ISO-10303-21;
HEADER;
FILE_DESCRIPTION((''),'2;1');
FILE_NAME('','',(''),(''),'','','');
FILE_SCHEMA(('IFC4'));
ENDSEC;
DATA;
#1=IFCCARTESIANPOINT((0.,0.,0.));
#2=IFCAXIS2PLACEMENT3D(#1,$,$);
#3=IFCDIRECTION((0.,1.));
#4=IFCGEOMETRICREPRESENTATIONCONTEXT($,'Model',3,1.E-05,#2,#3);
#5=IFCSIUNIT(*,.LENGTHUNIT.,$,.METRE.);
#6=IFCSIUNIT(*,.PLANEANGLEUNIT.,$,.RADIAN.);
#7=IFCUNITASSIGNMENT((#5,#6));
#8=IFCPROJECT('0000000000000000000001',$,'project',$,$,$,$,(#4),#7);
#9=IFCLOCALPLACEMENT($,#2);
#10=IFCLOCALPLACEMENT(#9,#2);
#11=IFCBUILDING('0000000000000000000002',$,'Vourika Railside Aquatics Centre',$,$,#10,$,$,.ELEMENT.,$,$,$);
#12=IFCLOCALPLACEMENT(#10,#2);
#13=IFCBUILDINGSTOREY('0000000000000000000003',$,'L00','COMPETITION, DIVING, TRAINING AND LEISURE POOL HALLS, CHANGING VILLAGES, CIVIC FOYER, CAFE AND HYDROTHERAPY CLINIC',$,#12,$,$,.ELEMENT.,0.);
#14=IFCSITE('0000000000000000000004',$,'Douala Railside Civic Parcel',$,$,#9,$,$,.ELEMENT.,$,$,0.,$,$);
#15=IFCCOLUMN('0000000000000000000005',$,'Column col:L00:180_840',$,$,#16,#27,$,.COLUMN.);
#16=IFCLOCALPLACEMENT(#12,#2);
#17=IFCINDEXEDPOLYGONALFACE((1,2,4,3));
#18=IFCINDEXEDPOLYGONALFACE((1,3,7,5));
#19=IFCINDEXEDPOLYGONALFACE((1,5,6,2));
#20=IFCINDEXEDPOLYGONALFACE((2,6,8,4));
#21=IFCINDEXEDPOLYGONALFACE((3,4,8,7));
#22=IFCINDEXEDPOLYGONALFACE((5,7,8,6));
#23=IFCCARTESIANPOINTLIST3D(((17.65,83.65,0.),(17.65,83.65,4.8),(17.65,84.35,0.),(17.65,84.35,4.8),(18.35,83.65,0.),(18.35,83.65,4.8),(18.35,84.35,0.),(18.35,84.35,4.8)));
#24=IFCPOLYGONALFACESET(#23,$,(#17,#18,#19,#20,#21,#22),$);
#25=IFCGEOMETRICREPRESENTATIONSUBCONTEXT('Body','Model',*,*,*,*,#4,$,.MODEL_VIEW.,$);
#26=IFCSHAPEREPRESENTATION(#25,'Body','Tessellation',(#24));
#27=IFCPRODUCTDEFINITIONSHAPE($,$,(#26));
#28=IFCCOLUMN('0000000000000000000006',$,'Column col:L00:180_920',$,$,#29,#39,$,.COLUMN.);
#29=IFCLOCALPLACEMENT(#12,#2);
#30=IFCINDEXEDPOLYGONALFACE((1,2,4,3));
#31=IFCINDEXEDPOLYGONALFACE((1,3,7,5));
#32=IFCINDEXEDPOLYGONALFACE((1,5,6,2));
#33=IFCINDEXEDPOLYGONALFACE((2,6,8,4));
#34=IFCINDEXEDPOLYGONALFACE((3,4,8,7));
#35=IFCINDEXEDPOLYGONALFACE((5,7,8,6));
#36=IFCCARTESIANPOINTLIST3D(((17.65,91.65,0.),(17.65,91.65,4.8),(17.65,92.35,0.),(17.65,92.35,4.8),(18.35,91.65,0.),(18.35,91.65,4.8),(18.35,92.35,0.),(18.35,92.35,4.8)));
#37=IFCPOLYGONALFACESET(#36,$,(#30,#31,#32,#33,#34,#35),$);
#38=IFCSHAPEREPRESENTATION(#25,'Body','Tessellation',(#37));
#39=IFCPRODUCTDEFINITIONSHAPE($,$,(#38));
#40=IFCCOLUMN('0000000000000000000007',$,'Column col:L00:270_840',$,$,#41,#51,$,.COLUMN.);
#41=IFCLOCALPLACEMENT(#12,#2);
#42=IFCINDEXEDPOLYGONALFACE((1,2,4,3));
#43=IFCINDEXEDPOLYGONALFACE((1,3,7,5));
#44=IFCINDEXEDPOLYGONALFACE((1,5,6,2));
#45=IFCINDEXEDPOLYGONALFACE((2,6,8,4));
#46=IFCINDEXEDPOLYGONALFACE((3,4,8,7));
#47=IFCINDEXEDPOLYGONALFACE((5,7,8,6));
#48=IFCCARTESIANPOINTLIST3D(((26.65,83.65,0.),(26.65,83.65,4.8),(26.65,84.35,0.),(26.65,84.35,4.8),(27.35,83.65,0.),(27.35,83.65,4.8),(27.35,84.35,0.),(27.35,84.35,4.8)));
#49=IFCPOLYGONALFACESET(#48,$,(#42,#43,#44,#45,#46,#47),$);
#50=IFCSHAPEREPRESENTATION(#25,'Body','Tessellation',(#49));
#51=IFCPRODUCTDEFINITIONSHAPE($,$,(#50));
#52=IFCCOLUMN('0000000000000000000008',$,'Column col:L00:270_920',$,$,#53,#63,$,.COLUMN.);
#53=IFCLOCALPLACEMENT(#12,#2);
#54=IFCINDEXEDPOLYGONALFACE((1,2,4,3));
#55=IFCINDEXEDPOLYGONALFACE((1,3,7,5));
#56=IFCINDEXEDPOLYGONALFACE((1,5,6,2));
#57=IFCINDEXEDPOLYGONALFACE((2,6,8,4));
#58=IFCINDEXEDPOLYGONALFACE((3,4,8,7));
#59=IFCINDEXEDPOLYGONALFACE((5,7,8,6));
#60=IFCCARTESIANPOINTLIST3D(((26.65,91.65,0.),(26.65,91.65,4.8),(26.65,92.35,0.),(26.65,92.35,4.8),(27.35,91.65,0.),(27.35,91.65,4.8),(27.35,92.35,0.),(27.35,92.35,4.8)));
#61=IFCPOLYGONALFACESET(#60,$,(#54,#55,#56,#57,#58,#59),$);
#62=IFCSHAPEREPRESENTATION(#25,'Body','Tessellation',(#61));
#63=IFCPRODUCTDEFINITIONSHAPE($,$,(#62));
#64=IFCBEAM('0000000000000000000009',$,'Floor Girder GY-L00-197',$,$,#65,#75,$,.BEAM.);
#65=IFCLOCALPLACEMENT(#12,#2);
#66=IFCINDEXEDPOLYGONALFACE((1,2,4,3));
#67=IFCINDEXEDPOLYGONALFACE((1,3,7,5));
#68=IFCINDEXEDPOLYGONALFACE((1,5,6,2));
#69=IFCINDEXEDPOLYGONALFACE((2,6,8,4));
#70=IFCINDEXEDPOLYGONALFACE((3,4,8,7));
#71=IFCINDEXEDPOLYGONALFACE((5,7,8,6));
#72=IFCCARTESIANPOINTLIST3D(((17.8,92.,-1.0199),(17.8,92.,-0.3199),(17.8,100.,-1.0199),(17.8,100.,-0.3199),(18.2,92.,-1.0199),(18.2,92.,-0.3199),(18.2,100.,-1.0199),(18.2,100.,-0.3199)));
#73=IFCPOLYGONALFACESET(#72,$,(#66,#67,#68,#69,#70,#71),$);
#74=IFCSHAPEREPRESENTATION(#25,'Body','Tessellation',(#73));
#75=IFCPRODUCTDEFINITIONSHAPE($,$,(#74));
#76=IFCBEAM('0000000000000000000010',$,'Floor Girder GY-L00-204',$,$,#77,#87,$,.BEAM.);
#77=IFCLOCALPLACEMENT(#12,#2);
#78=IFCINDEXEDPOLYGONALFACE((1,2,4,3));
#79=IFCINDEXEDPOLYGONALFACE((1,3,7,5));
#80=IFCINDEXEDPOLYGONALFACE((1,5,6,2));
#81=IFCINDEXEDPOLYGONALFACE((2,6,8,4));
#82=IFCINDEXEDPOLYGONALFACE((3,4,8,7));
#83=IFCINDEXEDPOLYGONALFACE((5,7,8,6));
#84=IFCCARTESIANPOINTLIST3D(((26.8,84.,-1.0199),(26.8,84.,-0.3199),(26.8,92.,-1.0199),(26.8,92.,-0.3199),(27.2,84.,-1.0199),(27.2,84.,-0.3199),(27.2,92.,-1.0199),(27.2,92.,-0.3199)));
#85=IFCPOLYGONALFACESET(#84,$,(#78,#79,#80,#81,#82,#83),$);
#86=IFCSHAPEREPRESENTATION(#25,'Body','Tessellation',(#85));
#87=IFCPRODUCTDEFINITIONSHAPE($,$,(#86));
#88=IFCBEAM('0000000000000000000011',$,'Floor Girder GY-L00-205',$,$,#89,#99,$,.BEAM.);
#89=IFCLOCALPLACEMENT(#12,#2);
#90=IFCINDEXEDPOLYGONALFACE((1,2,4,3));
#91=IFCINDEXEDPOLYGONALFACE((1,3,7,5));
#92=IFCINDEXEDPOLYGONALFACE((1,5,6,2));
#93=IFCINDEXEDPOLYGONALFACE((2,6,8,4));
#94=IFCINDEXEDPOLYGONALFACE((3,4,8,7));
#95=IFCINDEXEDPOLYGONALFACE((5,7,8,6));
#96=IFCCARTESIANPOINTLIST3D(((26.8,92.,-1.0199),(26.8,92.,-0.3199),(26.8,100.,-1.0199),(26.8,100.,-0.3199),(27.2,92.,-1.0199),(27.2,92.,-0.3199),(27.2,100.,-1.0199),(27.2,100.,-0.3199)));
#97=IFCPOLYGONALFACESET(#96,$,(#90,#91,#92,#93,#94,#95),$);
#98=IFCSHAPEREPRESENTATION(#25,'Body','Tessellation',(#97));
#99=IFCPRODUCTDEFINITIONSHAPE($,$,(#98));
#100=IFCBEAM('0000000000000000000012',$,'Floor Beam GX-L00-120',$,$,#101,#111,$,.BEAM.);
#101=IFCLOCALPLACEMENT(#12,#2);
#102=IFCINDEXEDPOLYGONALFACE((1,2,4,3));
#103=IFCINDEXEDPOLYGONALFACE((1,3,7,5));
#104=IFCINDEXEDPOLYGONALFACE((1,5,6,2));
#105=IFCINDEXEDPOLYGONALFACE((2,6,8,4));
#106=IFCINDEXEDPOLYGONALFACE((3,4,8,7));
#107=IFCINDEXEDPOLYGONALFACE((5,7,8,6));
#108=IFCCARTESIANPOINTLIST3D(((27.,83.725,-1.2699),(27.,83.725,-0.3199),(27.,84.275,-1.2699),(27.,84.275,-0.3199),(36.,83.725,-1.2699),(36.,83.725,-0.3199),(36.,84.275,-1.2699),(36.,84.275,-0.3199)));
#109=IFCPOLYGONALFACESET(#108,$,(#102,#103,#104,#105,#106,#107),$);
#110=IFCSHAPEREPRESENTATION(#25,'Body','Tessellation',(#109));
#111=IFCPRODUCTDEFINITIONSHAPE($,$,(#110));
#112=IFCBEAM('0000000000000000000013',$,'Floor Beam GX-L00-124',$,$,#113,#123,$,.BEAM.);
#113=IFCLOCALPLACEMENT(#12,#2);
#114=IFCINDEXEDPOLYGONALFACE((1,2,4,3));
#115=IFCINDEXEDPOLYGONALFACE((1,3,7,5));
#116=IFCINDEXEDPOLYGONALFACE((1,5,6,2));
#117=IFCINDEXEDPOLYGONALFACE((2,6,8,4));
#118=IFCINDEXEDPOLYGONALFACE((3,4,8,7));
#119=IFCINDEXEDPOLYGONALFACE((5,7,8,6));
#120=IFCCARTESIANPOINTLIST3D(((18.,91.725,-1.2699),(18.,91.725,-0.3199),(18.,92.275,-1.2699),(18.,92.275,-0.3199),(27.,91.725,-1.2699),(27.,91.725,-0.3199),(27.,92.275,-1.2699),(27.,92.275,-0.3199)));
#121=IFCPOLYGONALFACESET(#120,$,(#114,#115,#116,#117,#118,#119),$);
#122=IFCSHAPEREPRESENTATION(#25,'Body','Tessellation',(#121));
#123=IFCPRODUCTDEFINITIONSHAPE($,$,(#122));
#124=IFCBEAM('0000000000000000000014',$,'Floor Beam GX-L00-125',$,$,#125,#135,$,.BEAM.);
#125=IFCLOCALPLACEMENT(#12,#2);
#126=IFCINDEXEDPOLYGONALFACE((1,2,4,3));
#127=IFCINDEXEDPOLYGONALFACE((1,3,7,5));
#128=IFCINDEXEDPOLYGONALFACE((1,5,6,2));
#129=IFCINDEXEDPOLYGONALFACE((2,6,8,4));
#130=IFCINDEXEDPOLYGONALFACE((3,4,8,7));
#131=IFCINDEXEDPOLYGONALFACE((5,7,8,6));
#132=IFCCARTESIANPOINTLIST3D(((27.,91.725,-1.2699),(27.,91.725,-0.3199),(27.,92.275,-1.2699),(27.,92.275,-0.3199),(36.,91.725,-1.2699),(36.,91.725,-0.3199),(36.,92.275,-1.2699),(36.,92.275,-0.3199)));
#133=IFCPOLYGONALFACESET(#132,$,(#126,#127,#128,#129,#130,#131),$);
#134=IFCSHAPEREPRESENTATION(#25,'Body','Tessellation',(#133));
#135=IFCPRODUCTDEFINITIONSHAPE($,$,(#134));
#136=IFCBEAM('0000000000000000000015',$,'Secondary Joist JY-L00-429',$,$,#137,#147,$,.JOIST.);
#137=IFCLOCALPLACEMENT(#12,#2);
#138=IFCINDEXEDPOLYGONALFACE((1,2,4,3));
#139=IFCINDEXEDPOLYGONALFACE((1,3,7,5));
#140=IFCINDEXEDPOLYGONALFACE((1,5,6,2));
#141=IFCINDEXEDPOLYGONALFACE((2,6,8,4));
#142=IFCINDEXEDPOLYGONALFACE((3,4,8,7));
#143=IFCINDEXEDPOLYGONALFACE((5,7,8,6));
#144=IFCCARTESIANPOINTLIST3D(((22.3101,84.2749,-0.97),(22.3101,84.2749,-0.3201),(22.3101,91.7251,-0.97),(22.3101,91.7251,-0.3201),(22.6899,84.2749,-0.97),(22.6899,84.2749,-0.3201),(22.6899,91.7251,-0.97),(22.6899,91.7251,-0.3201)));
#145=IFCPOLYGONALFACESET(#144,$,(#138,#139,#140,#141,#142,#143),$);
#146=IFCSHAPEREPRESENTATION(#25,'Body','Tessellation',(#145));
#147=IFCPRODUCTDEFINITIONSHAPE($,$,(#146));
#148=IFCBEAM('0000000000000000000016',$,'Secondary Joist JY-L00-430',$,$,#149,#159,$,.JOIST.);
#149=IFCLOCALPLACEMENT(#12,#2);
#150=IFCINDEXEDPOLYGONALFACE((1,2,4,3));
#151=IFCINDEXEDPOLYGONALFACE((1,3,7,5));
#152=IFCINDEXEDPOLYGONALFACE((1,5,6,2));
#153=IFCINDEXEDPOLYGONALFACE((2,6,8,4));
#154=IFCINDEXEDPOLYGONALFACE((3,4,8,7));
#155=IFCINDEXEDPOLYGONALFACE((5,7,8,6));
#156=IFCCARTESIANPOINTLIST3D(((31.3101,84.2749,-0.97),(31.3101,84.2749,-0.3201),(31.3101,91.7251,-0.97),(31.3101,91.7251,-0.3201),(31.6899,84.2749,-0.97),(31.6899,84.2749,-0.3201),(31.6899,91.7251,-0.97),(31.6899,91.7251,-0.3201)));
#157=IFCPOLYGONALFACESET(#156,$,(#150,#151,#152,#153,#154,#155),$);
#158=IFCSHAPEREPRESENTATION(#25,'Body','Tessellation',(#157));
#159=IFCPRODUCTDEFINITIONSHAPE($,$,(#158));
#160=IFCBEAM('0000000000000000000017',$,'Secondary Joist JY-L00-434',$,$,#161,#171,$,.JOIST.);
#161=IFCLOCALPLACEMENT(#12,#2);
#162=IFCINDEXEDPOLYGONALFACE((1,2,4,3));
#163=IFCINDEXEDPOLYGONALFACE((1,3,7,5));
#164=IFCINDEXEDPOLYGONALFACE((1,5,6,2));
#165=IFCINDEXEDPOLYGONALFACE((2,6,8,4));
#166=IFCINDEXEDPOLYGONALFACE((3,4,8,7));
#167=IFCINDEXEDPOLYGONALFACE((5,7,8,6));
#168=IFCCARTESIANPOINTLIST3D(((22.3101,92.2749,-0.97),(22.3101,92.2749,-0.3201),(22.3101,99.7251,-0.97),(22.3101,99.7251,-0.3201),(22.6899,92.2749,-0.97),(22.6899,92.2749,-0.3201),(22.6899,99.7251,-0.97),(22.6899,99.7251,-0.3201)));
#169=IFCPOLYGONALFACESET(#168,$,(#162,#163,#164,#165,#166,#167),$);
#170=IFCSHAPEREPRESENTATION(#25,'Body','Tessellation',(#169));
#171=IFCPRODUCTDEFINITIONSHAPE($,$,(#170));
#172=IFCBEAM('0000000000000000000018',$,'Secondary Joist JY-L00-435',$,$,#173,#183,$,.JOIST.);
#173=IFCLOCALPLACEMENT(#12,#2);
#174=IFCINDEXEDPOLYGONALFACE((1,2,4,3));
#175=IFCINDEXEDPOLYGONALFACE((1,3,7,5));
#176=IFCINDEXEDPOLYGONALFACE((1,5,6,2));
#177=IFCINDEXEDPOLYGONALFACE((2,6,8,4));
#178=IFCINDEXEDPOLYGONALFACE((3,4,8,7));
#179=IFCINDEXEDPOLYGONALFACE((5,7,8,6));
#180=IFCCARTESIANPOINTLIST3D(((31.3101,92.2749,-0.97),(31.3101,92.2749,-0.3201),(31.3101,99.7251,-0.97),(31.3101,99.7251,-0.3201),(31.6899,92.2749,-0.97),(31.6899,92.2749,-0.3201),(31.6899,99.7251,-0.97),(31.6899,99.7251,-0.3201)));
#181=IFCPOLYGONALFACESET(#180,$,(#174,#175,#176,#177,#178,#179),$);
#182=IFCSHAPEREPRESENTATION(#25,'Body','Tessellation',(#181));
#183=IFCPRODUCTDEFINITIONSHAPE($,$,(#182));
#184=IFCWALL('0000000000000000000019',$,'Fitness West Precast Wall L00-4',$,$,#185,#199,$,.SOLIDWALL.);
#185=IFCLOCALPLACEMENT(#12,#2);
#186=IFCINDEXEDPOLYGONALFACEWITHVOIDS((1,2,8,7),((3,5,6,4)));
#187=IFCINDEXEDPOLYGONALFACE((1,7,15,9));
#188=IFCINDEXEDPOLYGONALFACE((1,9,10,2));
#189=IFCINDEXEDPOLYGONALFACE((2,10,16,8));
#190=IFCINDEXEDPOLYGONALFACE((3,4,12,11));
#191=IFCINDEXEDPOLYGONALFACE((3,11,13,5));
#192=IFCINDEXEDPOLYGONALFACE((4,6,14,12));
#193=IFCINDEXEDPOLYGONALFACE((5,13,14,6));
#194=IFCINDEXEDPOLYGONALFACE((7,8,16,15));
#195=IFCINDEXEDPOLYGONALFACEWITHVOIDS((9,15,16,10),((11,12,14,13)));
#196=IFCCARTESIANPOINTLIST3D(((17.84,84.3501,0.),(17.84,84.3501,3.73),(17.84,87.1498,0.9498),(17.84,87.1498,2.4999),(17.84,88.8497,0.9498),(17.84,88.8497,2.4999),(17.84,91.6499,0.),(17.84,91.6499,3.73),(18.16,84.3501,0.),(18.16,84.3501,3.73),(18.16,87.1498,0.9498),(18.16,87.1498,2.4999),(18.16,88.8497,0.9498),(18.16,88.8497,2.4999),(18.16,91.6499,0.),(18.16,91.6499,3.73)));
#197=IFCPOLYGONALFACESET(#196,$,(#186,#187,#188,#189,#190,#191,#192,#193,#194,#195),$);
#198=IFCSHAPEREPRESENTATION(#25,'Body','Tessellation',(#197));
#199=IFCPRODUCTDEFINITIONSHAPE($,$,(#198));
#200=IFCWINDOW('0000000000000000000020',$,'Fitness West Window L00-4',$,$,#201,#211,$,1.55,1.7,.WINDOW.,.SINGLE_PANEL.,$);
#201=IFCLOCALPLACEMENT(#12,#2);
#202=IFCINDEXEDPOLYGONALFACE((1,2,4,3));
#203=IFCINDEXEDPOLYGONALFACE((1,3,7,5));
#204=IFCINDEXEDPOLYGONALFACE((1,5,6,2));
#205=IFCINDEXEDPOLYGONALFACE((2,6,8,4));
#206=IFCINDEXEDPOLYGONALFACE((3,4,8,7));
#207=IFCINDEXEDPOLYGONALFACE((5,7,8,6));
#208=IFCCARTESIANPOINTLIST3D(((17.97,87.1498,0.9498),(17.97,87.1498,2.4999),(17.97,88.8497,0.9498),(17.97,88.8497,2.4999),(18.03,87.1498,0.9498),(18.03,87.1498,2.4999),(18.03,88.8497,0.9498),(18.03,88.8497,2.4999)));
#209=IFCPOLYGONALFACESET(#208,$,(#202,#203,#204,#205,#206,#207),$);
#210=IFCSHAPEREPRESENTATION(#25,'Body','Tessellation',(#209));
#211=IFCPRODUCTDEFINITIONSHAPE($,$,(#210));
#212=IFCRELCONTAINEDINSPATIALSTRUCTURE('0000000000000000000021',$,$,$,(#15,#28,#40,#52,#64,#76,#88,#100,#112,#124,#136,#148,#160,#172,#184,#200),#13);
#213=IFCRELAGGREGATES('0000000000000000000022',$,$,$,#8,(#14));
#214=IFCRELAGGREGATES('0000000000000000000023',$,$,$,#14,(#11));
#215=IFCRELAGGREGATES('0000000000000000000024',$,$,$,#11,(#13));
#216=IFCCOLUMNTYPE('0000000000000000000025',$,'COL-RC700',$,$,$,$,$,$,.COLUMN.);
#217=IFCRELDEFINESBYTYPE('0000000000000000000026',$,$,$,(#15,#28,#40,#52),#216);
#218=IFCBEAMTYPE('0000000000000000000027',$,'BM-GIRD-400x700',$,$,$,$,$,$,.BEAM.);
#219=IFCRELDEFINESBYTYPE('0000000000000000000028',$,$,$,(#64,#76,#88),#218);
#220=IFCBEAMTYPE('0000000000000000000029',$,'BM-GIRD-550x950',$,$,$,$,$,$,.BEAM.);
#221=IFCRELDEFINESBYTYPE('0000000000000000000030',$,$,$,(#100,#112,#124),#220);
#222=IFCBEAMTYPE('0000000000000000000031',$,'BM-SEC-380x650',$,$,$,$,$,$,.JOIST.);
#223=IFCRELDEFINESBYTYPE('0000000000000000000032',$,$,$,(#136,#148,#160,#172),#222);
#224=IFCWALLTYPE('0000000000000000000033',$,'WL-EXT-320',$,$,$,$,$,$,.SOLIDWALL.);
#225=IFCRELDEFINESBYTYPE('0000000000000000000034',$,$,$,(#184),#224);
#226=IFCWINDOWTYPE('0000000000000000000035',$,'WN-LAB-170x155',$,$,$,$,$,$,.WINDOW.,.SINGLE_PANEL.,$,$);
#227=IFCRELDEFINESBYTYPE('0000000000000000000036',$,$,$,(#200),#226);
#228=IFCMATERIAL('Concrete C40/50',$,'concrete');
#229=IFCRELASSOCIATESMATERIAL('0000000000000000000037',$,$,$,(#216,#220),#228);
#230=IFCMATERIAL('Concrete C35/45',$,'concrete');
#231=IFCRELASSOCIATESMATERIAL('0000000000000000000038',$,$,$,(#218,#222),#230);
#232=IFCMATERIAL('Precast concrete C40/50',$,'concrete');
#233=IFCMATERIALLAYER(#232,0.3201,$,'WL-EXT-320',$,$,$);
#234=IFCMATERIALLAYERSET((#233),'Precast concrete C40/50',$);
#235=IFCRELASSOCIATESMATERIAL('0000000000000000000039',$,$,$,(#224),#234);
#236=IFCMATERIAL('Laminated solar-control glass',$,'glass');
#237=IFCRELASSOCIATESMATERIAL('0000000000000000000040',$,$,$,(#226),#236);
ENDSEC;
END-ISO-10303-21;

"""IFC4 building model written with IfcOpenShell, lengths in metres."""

from ifc_helpers import new_model, si_unit, direction, frame, frame_2d, origin, origin_2d, place, context, subcontext, project, spatial, rectangle, extrude, material, layer, layer_set, material_profile, profile_set, type_object, element, fill, save


model = new_model("IFC4")

# Units and contexts
model_context = context("Model", 3, precision=1e-05, world=origin(), true_north=direction((0.0, 1.0)))
body_context = subcontext(model_context, "Body", "Model", "MODEL_VIEW")
ifc_project = project(units=[si_unit("LENGTHUNIT", "METRE"), si_unit("PLANEANGLEUNIT", "RADIAN")], contexts=[model_context])

# Site, building, storey
site_placement = place(None, origin())
site = spatial("IfcSite", under=ifc_project, at=site_placement, Name="Douala Railside Civic Parcel", CompositionType="ELEMENT", RefElevation=0.0)
building_placement = place(site_placement, origin())
building = spatial("IfcBuilding", under=site, at=building_placement, Name="Vourika Railside Aquatics Centre", CompositionType="ELEMENT")
storey_placement = place(building_placement, origin())
storey = spatial("IfcBuildingStorey", under=building, at=storey_placement, Name="L00", Description="COMPETITION, DIVING, TRAINING AND LEISURE POOL HALLS, CHANGING VILLAGES, CIVIC FOYER, CAFE AND HYDROTHERAPY CLINIC", CompositionType="ELEMENT", Elevation=0.0)

# Columns
ifc_material_1 = material(Name="Concrete C40/50", Category="concrete")
ifc_material_profile_1 = material_profile(ifc_material_1, rectangle(XDim=0.7, YDim=0.7, at=origin_2d()), Name="RC 700x700")
ifc_profile_set_1 = profile_set([ifc_material_profile_1], Name="Concrete C40/50")
column_type = type_object("IfcColumnType", Name="COL-RC700", PredefinedType="COLUMN", material=ifc_profile_set_1)
for number, where, z_axis, x_axis, name in (
    (1, (18.0, 84.0, 0.0), (0.0, 0.0, 1.0), (1.0, 0.0, 0.0), "Column col:L00:180_840"),
    (2, (18.0, 92.0, 0.0), (0.0, 0.0, 1.0), (1.0, 0.0, 0.0), "Column col:L00:180_920"),
    (3, (27.0, 84.0, 0.0), (0.0, 0.0, 1.0), (1.0, 0.0, 0.0), "Column col:L00:270_840"),
    (4, (27.0, 92.0, 0.0), (0.0, 0.0, 1.0), (1.0, 0.0, 0.0), "Column col:L00:270_920"),
):
    element("IfcColumn", number, at=place(storey_placement, frame(where, z_axis=z_axis, x_axis=x_axis)), inside=storey, type_object=column_type, Name=name, PredefinedType="COLUMN", context=body_context, shape_type="SweptSolid", body=[
        extrude(rectangle(XDim=0.7, YDim=0.7, at=origin_2d()), origin(), (0.0, 0.0, 1.0), 4.8),
    ])

# Beams
ifc_material_2 = material(Name="Concrete C35/45", Category="concrete")
ifc_material_profile_2 = material_profile(ifc_material_2, rectangle(XDim=0.3999, YDim=0.7, at=origin_2d()), Name="RC 400x700")
ifc_profile_set_2 = profile_set([ifc_material_profile_2], Name="Concrete C35/45")
beam_type_1 = type_object("IfcBeamType", Name="BM-GIRD-400x700", PredefinedType="BEAM", material=ifc_profile_set_2)
for number, where, z_axis, x_axis, name in (
    (5, (18.0, 92.0, -0.6699), (0.0, 1.0, 0.0), (-1.0, 0.0, 0.0), "Floor Girder GY-L00-197"),
    (6, (27.0, 84.0, -0.6699), (0.0, 1.0, 0.0), (-1.0, 0.0, 0.0), "Floor Girder GY-L00-204"),
    (7, (27.0, 92.0, -0.6699), (0.0, 1.0, 0.0), (-1.0, 0.0, 0.0), "Floor Girder GY-L00-205"),
):
    element("IfcBeam", number, at=place(storey_placement, frame(where, z_axis=z_axis, x_axis=x_axis)), inside=storey, type_object=beam_type_1, Name=name, PredefinedType="BEAM", context=body_context, shape_type="SweptSolid", body=[
        extrude(rectangle(XDim=0.3999, YDim=0.7, at=origin_2d()), origin(), (0.0, 0.0, 1.0), 8.0),
    ])
ifc_material_profile_3 = material_profile(ifc_material_1, rectangle(XDim=0.55, YDim=0.95, at=origin_2d()), Name="RC 550x950")
ifc_profile_set_3 = profile_set([ifc_material_profile_3], Name="Concrete C40/50")
beam_type_2 = type_object("IfcBeamType", Name="BM-GIRD-550x950", PredefinedType="BEAM", material=ifc_profile_set_3)
for number, where, z_axis, x_axis, name in (
    (8, (27.0, 84.0, -0.7949), (1.0, 0.0, 0.0), (0.0, 1.0, 0.0), "Floor Beam GX-L00-120"),
    (9, (18.0, 92.0, -0.7949), (1.0, 0.0, 0.0), (0.0, 1.0, 0.0), "Floor Beam GX-L00-124"),
    (10, (27.0, 92.0, -0.7949), (1.0, 0.0, 0.0), (0.0, 1.0, 0.0), "Floor Beam GX-L00-125"),
):
    element("IfcBeam", number, at=place(storey_placement, frame(where, z_axis=z_axis, x_axis=x_axis)), inside=storey, type_object=beam_type_2, Name=name, PredefinedType="BEAM", context=body_context, shape_type="SweptSolid", body=[
        extrude(rectangle(XDim=0.55, YDim=0.95, at=origin_2d()), origin(), (0.0, 0.0, 1.0), 9.0),
    ])
ifc_material_profile_4 = material_profile(ifc_material_2, rectangle(XDim=0.3799, YDim=0.6499, at=origin_2d()), Name="RC 380x650")
ifc_profile_set_4 = profile_set([ifc_material_profile_4], Name="Concrete C35/45")
beam_type_3 = type_object("IfcBeamType", Name="BM-SEC-380x650", PredefinedType="JOIST", material=ifc_profile_set_4)
for number, where, z_axis, x_axis, name in (
    (11, (22.5, 84.2749, -0.645), (0.0, 1.0, 0.0), (-1.0, 0.0, 0.0), "Secondary Joist JY-L00-429"),
    (12, (31.5, 84.2749, -0.645), (0.0, 1.0, 0.0), (-1.0, 0.0, 0.0), "Secondary Joist JY-L00-430"),
    (13, (22.5, 92.2749, -0.645), (0.0, 1.0, 0.0), (-1.0, 0.0, 0.0), "Secondary Joist JY-L00-434"),
    (14, (31.5, 92.2749, -0.645), (0.0, 1.0, 0.0), (-1.0, 0.0, 0.0), "Secondary Joist JY-L00-435"),
):
    element("IfcBeam", number, at=place(storey_placement, frame(where, z_axis=z_axis, x_axis=x_axis)), inside=storey, type_object=beam_type_3, Name=name, PredefinedType="JOIST", context=body_context, shape_type="SweptSolid", body=[
        extrude(rectangle(XDim=0.3799, YDim=0.6499, at=origin_2d()), origin(), (0.0, 0.0, 1.0), 7.4502),
    ])

# Wall, opening, window
ifc_material_3 = material(Name="Precast concrete C40/50", Category="concrete")
ifc_layer_1 = layer(ifc_material_3, 0.3201, Name="WL-EXT-320")
ifc_layer_set_1 = layer_set([ifc_layer_1], Name="Precast concrete C40/50")
wall_type_1 = type_object("IfcWallType", Name="WL-EXT-320", PredefinedType="SOLIDWALL", material=ifc_layer_set_1)
wall_1_placement = place(storey_placement, frame((18.0, 91.6499, 0.0), z_axis=(0.0, 0.0, 1.0), x_axis=(0.0, -1.0, 0.0)))
wall_1 = element("IfcWall", 15, at=wall_1_placement, inside=storey, type_object=wall_type_1, Name="Fitness West Precast Wall L00-4", PredefinedType="SOLIDWALL", context=body_context, shape_type="SweptSolid", body=[
    extrude(rectangle(XDim=7.2998, YDim=0.3201, at=frame_2d((3.6499, 0.0))), origin(), (0.0, 0.0, 1.0), 3.73),
])
opening_1_placement = place(wall_1_placement, frame((2.8, 0.0, 0.95)))
opening_1 = element("IfcOpeningElement", 16, at=opening_1_placement, cuts=wall_1, PredefinedType="OPENING", context=body_context, shape_type="SweptSolid", body=[
    extrude(rectangle(XDim=1.7, YDim=1.55, at=frame_2d((0.8501, 0.7749))), frame((0.0, 0.1699, 0.0), z_axis=(0.0, -1.0, 0.0), x_axis=(1.0, 0.0, 0.0)), (0.0, 0.0, 1.0), 0.3401),
])
ifc_material_4 = material(Name="Laminated solar-control glass", Category="glass")
window_type = type_object("IfcWindowType", Name="WN-LAB-170x155", PartitioningType="SINGLE_PANEL", PredefinedType="WINDOW", material=ifc_material_4)
window_placement = place(opening_1_placement, origin())
window = element("IfcWindow", 17, at=window_placement, inside=storey, type_object=window_type, Name="Fitness West Window L00-4", OverallHeight=1.55, OverallWidth=1.7, PartitioningType="SINGLE_PANEL", PredefinedType="WINDOW", context=body_context, shape_type="SweptSolid", body=[
    extrude(rectangle(XDim=1.7, YDim=1.55, at=frame_2d((0.8501, 0.7749))), frame((0.0, 0.03, 0.0), z_axis=(0.0, -1.0, 0.0), x_axis=(1.0, 0.0, 0.0)), (0.0, 0.0, 1.0), 0.0601),
])
fill(opening_1, window)

save(model, "model.ifc")
